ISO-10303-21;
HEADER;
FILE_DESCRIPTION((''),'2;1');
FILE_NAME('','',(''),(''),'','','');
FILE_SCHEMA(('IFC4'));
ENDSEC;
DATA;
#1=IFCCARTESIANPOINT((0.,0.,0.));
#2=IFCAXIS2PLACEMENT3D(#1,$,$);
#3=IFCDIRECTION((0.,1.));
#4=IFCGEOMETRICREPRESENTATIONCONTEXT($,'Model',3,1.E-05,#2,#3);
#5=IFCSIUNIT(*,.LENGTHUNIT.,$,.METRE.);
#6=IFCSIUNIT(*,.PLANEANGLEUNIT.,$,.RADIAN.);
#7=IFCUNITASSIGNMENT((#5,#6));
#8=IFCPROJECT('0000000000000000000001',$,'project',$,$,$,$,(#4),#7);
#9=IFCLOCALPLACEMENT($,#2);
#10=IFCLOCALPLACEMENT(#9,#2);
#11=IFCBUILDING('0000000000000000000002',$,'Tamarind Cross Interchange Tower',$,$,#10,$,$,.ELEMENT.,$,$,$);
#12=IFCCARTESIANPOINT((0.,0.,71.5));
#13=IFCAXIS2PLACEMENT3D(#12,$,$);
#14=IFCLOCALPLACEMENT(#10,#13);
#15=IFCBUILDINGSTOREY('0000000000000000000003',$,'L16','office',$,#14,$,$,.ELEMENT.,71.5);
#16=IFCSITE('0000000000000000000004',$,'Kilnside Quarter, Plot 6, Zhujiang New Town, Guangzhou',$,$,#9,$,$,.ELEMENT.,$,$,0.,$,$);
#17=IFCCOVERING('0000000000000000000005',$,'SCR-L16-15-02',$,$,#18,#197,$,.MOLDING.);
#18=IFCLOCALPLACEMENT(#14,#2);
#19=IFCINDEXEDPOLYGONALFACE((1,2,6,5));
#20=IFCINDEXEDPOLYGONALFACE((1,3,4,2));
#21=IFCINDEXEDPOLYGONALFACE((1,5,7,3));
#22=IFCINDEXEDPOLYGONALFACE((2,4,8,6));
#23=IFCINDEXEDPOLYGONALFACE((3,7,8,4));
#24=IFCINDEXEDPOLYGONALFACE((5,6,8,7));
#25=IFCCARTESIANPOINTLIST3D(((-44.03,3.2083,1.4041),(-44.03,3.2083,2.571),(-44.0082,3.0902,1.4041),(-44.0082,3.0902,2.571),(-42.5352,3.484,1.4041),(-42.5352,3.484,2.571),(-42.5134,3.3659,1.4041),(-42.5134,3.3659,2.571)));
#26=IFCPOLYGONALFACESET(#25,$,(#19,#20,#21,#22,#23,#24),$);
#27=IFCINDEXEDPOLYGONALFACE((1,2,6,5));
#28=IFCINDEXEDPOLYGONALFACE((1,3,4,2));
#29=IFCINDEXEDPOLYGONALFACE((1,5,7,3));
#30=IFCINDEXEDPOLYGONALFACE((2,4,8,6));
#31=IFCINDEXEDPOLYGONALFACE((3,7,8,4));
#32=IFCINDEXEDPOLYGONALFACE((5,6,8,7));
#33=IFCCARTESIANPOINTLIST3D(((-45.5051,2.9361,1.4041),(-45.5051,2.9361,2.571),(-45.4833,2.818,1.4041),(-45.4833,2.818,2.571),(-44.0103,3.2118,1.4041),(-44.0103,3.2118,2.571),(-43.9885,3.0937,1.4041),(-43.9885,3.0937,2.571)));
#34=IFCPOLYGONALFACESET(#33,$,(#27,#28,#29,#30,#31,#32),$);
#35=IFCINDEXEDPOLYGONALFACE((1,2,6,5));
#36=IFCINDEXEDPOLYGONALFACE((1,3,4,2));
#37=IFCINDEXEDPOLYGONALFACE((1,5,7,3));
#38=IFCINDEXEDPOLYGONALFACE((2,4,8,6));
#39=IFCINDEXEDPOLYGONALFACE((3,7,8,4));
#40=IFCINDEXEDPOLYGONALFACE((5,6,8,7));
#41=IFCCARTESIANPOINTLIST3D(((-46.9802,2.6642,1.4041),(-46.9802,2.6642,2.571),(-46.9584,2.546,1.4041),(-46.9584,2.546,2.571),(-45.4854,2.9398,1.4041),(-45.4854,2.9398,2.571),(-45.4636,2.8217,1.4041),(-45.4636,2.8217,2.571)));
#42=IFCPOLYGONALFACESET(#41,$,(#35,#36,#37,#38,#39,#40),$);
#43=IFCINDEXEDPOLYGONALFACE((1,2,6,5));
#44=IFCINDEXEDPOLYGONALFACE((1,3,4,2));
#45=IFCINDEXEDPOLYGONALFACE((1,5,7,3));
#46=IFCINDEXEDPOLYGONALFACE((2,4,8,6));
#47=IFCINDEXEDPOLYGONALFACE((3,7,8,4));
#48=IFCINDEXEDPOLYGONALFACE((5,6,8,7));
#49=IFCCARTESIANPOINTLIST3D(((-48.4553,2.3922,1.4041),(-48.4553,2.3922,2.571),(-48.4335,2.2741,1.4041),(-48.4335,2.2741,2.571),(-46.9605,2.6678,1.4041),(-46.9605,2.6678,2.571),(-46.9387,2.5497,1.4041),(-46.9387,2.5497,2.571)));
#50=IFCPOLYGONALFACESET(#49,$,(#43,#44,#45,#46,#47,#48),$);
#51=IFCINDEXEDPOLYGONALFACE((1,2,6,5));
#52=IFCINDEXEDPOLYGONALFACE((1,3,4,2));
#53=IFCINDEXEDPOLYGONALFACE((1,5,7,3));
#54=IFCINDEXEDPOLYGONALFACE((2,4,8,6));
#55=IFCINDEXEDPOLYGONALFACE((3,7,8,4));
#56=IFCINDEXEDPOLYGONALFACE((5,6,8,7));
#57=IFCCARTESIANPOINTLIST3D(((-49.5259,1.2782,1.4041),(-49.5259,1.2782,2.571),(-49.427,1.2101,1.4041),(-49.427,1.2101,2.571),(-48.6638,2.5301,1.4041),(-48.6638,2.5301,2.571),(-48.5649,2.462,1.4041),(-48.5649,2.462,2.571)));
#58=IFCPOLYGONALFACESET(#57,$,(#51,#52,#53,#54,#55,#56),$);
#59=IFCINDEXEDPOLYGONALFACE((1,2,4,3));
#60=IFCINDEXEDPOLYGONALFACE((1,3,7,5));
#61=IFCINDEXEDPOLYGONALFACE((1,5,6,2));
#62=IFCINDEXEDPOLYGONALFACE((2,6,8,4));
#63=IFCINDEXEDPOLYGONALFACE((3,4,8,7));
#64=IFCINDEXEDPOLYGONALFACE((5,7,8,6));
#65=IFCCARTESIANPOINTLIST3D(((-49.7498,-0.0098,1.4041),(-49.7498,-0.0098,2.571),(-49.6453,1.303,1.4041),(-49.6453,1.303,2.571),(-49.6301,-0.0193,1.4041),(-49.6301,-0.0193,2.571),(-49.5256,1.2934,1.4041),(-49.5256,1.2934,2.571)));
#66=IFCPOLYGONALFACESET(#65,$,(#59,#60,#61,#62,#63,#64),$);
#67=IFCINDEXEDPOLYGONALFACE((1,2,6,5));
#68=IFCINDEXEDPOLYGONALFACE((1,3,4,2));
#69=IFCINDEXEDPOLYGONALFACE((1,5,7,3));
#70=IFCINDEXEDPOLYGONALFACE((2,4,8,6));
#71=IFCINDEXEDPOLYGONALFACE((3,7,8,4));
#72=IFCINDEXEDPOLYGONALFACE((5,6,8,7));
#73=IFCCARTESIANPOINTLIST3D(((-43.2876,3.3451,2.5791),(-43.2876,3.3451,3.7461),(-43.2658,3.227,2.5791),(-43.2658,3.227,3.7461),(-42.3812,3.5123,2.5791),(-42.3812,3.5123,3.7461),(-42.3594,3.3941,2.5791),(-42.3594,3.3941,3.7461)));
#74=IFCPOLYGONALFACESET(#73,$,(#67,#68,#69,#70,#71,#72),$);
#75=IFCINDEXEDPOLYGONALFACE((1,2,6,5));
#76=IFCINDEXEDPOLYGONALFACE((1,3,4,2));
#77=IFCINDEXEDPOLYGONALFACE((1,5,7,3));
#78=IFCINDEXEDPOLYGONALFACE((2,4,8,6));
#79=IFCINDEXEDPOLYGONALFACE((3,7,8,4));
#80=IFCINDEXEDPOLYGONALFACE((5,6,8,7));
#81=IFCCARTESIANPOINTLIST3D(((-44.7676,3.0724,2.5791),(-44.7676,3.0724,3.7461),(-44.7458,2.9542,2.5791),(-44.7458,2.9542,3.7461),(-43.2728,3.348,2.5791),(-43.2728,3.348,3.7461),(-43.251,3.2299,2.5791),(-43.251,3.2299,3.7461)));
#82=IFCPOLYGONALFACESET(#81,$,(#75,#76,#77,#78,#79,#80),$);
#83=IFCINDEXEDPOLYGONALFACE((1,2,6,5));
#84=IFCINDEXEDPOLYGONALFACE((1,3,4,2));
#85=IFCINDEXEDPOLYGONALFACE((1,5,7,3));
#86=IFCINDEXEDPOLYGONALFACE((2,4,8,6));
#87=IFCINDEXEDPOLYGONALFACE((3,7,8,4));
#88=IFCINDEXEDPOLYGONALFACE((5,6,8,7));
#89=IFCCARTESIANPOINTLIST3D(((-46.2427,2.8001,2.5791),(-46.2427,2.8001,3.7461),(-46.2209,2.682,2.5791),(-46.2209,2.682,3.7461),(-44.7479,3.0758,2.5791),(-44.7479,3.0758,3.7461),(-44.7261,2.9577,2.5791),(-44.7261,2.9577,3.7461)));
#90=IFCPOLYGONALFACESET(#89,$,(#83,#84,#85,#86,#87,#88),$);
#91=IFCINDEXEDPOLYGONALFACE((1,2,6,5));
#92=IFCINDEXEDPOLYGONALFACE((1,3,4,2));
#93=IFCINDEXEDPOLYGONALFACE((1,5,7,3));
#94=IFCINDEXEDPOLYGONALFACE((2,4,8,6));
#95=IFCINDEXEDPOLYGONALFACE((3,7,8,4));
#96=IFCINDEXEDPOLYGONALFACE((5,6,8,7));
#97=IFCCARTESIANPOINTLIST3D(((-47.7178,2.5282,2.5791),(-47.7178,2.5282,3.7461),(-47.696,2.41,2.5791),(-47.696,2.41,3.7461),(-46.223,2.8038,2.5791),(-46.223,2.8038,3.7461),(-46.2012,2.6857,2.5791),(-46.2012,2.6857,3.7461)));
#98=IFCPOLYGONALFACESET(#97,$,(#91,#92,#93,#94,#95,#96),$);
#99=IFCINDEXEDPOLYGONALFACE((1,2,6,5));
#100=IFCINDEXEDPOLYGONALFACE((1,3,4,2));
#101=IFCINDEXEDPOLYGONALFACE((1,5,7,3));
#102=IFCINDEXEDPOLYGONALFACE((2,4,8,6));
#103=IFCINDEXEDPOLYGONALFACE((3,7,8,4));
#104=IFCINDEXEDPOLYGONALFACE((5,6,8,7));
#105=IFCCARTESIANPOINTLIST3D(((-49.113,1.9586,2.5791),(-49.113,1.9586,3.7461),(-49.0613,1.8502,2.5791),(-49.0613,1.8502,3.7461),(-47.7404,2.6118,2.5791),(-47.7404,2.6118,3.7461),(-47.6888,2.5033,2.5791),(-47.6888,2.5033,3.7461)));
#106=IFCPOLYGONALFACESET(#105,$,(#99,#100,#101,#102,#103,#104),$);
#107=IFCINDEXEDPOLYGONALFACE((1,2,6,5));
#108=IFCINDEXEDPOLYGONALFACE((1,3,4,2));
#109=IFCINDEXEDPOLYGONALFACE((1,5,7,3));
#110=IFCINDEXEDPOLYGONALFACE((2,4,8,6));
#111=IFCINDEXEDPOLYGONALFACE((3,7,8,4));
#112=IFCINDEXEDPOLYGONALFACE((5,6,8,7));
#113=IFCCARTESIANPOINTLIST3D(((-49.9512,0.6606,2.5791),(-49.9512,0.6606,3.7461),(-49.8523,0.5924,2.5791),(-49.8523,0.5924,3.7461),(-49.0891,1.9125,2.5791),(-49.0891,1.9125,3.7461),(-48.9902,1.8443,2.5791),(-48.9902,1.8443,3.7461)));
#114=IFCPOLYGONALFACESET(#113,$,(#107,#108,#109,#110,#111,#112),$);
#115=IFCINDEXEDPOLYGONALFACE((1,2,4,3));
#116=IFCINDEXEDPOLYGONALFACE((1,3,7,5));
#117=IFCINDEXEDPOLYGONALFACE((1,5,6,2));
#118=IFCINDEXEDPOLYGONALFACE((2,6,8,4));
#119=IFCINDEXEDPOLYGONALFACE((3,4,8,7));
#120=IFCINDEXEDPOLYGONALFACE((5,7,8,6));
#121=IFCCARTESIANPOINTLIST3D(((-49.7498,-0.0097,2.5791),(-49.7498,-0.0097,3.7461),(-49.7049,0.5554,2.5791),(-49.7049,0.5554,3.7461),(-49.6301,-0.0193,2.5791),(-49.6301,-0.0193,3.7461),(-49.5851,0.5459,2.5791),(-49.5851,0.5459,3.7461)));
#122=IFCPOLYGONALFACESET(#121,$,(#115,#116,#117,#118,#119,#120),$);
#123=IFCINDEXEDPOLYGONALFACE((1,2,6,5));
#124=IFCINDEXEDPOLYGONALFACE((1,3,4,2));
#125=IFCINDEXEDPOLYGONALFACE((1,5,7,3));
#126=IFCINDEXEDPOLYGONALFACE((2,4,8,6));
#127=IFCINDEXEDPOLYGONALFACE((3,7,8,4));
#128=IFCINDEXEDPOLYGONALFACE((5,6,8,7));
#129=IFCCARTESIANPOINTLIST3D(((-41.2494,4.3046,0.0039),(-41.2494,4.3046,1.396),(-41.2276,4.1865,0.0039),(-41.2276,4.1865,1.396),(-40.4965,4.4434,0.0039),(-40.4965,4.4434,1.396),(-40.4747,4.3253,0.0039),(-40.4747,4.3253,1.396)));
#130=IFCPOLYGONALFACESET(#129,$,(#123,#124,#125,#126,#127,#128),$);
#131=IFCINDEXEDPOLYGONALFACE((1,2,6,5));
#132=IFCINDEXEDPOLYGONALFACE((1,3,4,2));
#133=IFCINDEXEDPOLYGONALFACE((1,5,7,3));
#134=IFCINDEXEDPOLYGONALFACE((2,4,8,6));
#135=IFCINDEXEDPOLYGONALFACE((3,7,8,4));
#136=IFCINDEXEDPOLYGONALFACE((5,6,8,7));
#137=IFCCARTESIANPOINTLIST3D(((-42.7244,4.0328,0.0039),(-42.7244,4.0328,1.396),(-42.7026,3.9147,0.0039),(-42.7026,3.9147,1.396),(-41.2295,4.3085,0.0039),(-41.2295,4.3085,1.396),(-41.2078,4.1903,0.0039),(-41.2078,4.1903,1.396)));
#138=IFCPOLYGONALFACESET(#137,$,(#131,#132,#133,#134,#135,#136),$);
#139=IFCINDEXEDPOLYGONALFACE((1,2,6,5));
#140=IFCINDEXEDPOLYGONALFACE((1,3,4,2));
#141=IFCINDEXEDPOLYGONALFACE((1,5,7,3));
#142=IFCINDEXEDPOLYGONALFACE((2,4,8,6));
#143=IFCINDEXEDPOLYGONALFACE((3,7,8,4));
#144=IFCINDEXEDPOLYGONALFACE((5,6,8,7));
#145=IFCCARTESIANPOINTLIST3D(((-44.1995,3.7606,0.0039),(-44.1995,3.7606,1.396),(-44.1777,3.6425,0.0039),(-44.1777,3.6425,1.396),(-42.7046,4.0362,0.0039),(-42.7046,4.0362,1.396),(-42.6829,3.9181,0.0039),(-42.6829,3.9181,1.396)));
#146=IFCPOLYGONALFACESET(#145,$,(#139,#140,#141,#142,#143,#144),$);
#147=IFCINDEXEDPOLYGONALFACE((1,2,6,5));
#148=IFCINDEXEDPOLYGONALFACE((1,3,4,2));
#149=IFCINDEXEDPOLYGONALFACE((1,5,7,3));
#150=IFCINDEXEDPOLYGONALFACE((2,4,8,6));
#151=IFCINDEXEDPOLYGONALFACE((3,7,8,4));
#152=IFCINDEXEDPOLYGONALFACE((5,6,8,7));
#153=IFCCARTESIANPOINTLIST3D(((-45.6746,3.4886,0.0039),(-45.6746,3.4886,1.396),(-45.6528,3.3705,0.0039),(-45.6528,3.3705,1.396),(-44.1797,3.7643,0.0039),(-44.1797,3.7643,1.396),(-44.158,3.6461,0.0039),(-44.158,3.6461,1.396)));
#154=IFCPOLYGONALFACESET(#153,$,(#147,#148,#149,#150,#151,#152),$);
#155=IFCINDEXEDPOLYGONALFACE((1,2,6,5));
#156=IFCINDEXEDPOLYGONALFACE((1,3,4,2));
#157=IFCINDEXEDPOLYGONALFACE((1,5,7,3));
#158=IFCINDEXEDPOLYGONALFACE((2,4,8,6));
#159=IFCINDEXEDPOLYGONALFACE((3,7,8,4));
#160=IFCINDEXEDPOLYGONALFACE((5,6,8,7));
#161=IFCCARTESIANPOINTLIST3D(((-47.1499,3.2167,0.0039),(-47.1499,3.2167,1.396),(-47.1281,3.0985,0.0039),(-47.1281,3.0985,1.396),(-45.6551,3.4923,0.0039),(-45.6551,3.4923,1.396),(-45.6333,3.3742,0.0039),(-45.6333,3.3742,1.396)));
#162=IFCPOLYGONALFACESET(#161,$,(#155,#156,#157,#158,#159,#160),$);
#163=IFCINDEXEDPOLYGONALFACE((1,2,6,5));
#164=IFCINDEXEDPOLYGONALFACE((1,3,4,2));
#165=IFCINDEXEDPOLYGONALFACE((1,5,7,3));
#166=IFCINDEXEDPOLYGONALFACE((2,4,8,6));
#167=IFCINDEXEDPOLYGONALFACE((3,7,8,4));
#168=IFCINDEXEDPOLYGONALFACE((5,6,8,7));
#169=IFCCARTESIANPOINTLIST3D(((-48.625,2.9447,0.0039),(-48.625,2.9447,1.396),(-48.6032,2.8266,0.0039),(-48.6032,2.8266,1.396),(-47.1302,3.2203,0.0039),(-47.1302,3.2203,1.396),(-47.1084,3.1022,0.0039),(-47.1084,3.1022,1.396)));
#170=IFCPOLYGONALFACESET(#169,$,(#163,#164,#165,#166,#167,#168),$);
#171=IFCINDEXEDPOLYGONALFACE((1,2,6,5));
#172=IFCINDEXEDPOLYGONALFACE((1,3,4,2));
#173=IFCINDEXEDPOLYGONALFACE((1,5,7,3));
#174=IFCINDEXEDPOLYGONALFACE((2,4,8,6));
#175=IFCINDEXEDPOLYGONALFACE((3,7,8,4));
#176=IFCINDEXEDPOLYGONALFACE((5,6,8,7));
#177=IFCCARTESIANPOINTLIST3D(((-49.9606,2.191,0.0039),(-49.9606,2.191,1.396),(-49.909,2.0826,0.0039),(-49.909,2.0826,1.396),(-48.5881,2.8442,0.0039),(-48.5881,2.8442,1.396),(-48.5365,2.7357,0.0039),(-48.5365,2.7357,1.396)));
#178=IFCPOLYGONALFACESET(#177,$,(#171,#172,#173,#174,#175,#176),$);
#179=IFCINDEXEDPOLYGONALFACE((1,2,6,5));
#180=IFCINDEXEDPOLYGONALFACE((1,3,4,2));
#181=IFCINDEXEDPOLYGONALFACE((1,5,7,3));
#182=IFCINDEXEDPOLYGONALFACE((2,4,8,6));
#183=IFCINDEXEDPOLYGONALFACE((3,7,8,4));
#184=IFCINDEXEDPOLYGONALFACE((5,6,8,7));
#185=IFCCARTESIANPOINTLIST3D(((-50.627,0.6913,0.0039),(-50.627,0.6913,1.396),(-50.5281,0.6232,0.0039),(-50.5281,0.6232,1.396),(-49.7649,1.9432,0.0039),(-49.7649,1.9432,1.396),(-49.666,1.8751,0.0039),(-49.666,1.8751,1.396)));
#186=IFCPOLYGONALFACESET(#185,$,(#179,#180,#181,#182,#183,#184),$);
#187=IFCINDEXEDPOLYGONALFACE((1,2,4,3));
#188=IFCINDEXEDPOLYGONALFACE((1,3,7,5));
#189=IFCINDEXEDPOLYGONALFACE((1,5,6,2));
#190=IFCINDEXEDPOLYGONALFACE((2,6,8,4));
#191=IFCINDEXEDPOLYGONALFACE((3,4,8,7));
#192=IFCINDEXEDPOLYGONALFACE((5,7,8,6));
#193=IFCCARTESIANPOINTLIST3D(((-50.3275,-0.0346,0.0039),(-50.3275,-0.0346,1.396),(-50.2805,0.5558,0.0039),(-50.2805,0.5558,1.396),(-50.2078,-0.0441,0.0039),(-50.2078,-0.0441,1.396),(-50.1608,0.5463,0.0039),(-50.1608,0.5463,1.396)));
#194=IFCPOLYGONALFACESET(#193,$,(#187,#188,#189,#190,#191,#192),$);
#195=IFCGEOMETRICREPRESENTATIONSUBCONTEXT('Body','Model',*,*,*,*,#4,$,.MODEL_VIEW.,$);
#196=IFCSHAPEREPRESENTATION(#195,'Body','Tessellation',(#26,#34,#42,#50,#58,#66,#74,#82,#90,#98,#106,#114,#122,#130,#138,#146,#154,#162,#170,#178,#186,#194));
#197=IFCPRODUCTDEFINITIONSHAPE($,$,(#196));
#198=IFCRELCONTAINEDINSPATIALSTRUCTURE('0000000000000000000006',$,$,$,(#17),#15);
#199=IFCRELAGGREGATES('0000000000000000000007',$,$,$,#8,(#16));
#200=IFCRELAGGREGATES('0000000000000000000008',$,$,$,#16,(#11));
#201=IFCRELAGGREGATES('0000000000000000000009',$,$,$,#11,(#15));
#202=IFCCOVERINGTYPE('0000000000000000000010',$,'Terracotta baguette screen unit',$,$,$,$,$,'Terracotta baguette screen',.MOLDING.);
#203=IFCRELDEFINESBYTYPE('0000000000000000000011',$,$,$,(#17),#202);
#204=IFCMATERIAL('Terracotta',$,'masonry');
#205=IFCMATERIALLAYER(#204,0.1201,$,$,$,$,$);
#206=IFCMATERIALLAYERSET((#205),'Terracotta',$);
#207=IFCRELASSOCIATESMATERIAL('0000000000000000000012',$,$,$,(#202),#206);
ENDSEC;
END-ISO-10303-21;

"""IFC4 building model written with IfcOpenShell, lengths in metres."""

from ifc_helpers import new_model, si_unit, direction, frame, origin, origin_2d, place, context, subcontext, project, spatial, rectangle, extrude, material, layer, layer_set, type_object, element, save


model = new_model("IFC4")

# Units and contexts
model_context = context("Model", 3, precision=1e-05, world=origin(), true_north=direction((0.0, 1.0)))
body_context = subcontext(model_context, "Body", "Model", "MODEL_VIEW")
ifc_project = project(units=[si_unit("LENGTHUNIT", "METRE"), si_unit("PLANEANGLEUNIT", "RADIAN")], contexts=[model_context])

# Site, building, storey
site_placement = place(None, origin())
site = spatial("IfcSite", under=ifc_project, at=site_placement, Name="Kilnside Quarter, Plot 6, Zhujiang New Town, Guangzhou", CompositionType="ELEMENT", RefElevation=0.0)
building_placement = place(site_placement, origin())
building = spatial("IfcBuilding", under=site, at=building_placement, Name="Tamarind Cross Interchange Tower", CompositionType="ELEMENT")
storey_placement = place(building_placement, frame((0.0, 0.0, 71.5)))
storey = spatial("IfcBuildingStorey", under=building, at=storey_placement, Name="L16", Description="office", CompositionType="ELEMENT", Elevation=71.5)

# Covering
ifc_material_1 = material(Name="Terracotta", Category="masonry")
ifc_layer_1 = layer(ifc_material_1, 0.1201)
ifc_layer_set_1 = layer_set([ifc_layer_1], Name="Terracotta")
covering_type = type_object("IfcCoveringType", Name="Terracotta baguette screen unit", ElementType="Terracotta baguette screen", PredefinedType="MOLDING", material=ifc_layer_set_1)
covering_1_placement = place(storey_placement, origin())
element("IfcCovering", 1, at=covering_1_placement, inside=storey, type_object=covering_type, Name="SCR-L16-15-02", PredefinedType="MOLDING", context=body_context, shape_type="SweptSolid", body=[
    extrude(rectangle(XDim=1.52, YDim=0.1201, at=origin_2d()), frame((-43.2717, 3.2871, 1.4041), z_axis=(0.0, 0.0, 1.0), x_axis=(-0.98342, -0.181343, 0.0)), (0.0, 0.0, 1.0), 1.167),
    extrude(rectangle(XDim=1.52, YDim=0.1201, at=origin_2d()), frame((-44.7468, 3.0149, 1.4041), z_axis=(0.0, 0.0, 1.0), x_axis=(-0.98342, -0.181343, 0.0)), (0.0, 0.0, 1.0), 1.167),
    extrude(rectangle(XDim=1.52, YDim=0.1201, at=origin_2d()), frame((-46.2219, 2.7429, 1.4041), z_axis=(0.0, 0.0, 1.0), x_axis=(-0.98342, -0.181343, 0.0)), (0.0, 0.0, 1.0), 1.167),
    extrude(rectangle(XDim=1.52, YDim=0.1201, at=origin_2d()), frame((-47.697, 2.4709, 1.4041), z_axis=(0.0, 0.0, 1.0), x_axis=(-0.98342, -0.181343, 0.0)), (0.0, 0.0, 1.0), 1.167),
    extrude(rectangle(XDim=1.52, YDim=0.1201, at=origin_2d()), frame((-49.0454, 1.8701, 1.4041), z_axis=(0.0, 0.0, 1.0), x_axis=(-0.567154, -0.823612, 0.0)), (0.0, 0.0, 1.0), 1.167),
    extrude(rectangle(XDim=1.3169, YDim=0.1201, at=origin_2d()), frame((-49.6377, 0.6418, 1.4041), z_axis=(0.0, 0.0, 1.0), x_axis=(-0.079364, -0.996846, 0.0)), (0.0, 0.0, 1.0), 1.167),
    extrude(rectangle(XDim=0.9216, YDim=0.1201, at=origin_2d()), frame((-42.8235, 3.3696, 2.5791), z_axis=(0.0, 0.0, 1.0), x_axis=(-0.98342, -0.181343, 0.0)), (0.0, 0.0, 1.0), 1.167),
    extrude(rectangle(XDim=1.52, YDim=0.1201, at=origin_2d()), frame((-44.0093, 3.1511, 2.5791), z_axis=(0.0, 0.0, 1.0), x_axis=(-0.98342, -0.181343, 0.0)), (0.0, 0.0, 1.0), 1.167),
    extrude(rectangle(XDim=1.52, YDim=0.1201, at=origin_2d()), frame((-45.4844, 2.8789, 2.5791), z_axis=(0.0, 0.0, 1.0), x_axis=(-0.98342, -0.181343, 0.0)), (0.0, 0.0, 1.0), 1.167),
    extrude(rectangle(XDim=1.52, YDim=0.1201, at=origin_2d()), frame((-46.9595, 2.6069, 2.5791), z_axis=(0.0, 0.0, 1.0), x_axis=(-0.98342, -0.181343, 0.0)), (0.0, 0.0, 1.0), 1.167),
    extrude(rectangle(XDim=1.52, YDim=0.1201, at=origin_2d()), frame((-48.4009, 2.231, 2.5791), z_axis=(0.0, 0.0, 1.0), x_axis=(-0.902976, -0.429692, 0.0)), (0.0, 0.0, 1.0), 1.167),
    extrude(rectangle(XDim=1.52, YDim=0.1201, at=origin_2d()), frame((-49.4707, 1.2524, 2.5791), z_axis=(0.0, 0.0, 1.0), x_axis=(-0.567154, -0.823612, 0.0)), (0.0, 0.0, 1.0), 1.167),
    extrude(rectangle(XDim=0.5669, YDim=0.1201, at=origin_2d()), frame((-49.6675, 0.2681, 2.5791), z_axis=(0.0, 0.0, 1.0), x_axis=(-0.079364, -0.996846, 0.0)), (0.0, 0.0, 1.0), 1.167),
    extrude(rectangle(XDim=0.7656, YDim=0.1201, at=origin_2d()), frame((-40.8621, 4.3149, 0.0039), z_axis=(0.0, 0.0, 1.0), x_axis=(-0.98342, -0.181343, 0.0)), (0.0, 0.0, 1.0), 1.3921),
    extrude(rectangle(XDim=1.52, YDim=0.1201, at=origin_2d()), frame((-41.9661, 4.1116, 0.0039), z_axis=(0.0, 0.0, 1.0), x_axis=(-0.98342, -0.181343, 0.0)), (0.0, 0.0, 1.0), 1.3921),
    extrude(rectangle(XDim=1.52, YDim=0.1201, at=origin_2d()), frame((-43.4412, 3.8394, 0.0039), z_axis=(0.0, 0.0, 1.0), x_axis=(-0.98342, -0.181343, 0.0)), (0.0, 0.0, 1.0), 1.3921),
    extrude(rectangle(XDim=1.52, YDim=0.1201, at=origin_2d()), frame((-44.9163, 3.5674, 0.0039), z_axis=(0.0, 0.0, 1.0), x_axis=(-0.98342, -0.181343, 0.0)), (0.0, 0.0, 1.0), 1.3921),
    extrude(rectangle(XDim=1.52, YDim=0.1201, at=origin_2d()), frame((-46.3916, 3.2954, 0.0039), z_axis=(0.0, 0.0, 1.0), x_axis=(-0.98342, -0.181343, 0.0)), (0.0, 0.0, 1.0), 1.3921),
    extrude(rectangle(XDim=1.52, YDim=0.1201, at=origin_2d()), frame((-47.8667, 3.0234, 0.0039), z_axis=(0.0, 0.0, 1.0), x_axis=(-0.98342, -0.181343, 0.0)), (0.0, 0.0, 1.0), 1.3921),
    extrude(rectangle(XDim=1.52, YDim=0.1201, at=origin_2d()), frame((-49.2485, 2.4634, 0.0039), z_axis=(0.0, 0.0, 1.0), x_axis=(-0.902976, -0.429692, 0.0)), (0.0, 0.0, 1.0), 1.3921),
    extrude(rectangle(XDim=1.52, YDim=0.1201, at=origin_2d()), frame((-50.1465, 1.2832, 0.0039), z_axis=(0.0, 0.0, 1.0), x_axis=(-0.567154, -0.823612, 0.0)), (0.0, 0.0, 1.0), 1.3921),
    extrude(rectangle(XDim=0.5923, YDim=0.1201, at=origin_2d()), frame((-50.2441, 0.2559, 0.0039), z_axis=(0.0, 0.0, 1.0), x_axis=(-0.079364, -0.996846, 0.0)), (0.0, 0.0, 1.0), 1.3921),
])

save(model, "model.ifc")
